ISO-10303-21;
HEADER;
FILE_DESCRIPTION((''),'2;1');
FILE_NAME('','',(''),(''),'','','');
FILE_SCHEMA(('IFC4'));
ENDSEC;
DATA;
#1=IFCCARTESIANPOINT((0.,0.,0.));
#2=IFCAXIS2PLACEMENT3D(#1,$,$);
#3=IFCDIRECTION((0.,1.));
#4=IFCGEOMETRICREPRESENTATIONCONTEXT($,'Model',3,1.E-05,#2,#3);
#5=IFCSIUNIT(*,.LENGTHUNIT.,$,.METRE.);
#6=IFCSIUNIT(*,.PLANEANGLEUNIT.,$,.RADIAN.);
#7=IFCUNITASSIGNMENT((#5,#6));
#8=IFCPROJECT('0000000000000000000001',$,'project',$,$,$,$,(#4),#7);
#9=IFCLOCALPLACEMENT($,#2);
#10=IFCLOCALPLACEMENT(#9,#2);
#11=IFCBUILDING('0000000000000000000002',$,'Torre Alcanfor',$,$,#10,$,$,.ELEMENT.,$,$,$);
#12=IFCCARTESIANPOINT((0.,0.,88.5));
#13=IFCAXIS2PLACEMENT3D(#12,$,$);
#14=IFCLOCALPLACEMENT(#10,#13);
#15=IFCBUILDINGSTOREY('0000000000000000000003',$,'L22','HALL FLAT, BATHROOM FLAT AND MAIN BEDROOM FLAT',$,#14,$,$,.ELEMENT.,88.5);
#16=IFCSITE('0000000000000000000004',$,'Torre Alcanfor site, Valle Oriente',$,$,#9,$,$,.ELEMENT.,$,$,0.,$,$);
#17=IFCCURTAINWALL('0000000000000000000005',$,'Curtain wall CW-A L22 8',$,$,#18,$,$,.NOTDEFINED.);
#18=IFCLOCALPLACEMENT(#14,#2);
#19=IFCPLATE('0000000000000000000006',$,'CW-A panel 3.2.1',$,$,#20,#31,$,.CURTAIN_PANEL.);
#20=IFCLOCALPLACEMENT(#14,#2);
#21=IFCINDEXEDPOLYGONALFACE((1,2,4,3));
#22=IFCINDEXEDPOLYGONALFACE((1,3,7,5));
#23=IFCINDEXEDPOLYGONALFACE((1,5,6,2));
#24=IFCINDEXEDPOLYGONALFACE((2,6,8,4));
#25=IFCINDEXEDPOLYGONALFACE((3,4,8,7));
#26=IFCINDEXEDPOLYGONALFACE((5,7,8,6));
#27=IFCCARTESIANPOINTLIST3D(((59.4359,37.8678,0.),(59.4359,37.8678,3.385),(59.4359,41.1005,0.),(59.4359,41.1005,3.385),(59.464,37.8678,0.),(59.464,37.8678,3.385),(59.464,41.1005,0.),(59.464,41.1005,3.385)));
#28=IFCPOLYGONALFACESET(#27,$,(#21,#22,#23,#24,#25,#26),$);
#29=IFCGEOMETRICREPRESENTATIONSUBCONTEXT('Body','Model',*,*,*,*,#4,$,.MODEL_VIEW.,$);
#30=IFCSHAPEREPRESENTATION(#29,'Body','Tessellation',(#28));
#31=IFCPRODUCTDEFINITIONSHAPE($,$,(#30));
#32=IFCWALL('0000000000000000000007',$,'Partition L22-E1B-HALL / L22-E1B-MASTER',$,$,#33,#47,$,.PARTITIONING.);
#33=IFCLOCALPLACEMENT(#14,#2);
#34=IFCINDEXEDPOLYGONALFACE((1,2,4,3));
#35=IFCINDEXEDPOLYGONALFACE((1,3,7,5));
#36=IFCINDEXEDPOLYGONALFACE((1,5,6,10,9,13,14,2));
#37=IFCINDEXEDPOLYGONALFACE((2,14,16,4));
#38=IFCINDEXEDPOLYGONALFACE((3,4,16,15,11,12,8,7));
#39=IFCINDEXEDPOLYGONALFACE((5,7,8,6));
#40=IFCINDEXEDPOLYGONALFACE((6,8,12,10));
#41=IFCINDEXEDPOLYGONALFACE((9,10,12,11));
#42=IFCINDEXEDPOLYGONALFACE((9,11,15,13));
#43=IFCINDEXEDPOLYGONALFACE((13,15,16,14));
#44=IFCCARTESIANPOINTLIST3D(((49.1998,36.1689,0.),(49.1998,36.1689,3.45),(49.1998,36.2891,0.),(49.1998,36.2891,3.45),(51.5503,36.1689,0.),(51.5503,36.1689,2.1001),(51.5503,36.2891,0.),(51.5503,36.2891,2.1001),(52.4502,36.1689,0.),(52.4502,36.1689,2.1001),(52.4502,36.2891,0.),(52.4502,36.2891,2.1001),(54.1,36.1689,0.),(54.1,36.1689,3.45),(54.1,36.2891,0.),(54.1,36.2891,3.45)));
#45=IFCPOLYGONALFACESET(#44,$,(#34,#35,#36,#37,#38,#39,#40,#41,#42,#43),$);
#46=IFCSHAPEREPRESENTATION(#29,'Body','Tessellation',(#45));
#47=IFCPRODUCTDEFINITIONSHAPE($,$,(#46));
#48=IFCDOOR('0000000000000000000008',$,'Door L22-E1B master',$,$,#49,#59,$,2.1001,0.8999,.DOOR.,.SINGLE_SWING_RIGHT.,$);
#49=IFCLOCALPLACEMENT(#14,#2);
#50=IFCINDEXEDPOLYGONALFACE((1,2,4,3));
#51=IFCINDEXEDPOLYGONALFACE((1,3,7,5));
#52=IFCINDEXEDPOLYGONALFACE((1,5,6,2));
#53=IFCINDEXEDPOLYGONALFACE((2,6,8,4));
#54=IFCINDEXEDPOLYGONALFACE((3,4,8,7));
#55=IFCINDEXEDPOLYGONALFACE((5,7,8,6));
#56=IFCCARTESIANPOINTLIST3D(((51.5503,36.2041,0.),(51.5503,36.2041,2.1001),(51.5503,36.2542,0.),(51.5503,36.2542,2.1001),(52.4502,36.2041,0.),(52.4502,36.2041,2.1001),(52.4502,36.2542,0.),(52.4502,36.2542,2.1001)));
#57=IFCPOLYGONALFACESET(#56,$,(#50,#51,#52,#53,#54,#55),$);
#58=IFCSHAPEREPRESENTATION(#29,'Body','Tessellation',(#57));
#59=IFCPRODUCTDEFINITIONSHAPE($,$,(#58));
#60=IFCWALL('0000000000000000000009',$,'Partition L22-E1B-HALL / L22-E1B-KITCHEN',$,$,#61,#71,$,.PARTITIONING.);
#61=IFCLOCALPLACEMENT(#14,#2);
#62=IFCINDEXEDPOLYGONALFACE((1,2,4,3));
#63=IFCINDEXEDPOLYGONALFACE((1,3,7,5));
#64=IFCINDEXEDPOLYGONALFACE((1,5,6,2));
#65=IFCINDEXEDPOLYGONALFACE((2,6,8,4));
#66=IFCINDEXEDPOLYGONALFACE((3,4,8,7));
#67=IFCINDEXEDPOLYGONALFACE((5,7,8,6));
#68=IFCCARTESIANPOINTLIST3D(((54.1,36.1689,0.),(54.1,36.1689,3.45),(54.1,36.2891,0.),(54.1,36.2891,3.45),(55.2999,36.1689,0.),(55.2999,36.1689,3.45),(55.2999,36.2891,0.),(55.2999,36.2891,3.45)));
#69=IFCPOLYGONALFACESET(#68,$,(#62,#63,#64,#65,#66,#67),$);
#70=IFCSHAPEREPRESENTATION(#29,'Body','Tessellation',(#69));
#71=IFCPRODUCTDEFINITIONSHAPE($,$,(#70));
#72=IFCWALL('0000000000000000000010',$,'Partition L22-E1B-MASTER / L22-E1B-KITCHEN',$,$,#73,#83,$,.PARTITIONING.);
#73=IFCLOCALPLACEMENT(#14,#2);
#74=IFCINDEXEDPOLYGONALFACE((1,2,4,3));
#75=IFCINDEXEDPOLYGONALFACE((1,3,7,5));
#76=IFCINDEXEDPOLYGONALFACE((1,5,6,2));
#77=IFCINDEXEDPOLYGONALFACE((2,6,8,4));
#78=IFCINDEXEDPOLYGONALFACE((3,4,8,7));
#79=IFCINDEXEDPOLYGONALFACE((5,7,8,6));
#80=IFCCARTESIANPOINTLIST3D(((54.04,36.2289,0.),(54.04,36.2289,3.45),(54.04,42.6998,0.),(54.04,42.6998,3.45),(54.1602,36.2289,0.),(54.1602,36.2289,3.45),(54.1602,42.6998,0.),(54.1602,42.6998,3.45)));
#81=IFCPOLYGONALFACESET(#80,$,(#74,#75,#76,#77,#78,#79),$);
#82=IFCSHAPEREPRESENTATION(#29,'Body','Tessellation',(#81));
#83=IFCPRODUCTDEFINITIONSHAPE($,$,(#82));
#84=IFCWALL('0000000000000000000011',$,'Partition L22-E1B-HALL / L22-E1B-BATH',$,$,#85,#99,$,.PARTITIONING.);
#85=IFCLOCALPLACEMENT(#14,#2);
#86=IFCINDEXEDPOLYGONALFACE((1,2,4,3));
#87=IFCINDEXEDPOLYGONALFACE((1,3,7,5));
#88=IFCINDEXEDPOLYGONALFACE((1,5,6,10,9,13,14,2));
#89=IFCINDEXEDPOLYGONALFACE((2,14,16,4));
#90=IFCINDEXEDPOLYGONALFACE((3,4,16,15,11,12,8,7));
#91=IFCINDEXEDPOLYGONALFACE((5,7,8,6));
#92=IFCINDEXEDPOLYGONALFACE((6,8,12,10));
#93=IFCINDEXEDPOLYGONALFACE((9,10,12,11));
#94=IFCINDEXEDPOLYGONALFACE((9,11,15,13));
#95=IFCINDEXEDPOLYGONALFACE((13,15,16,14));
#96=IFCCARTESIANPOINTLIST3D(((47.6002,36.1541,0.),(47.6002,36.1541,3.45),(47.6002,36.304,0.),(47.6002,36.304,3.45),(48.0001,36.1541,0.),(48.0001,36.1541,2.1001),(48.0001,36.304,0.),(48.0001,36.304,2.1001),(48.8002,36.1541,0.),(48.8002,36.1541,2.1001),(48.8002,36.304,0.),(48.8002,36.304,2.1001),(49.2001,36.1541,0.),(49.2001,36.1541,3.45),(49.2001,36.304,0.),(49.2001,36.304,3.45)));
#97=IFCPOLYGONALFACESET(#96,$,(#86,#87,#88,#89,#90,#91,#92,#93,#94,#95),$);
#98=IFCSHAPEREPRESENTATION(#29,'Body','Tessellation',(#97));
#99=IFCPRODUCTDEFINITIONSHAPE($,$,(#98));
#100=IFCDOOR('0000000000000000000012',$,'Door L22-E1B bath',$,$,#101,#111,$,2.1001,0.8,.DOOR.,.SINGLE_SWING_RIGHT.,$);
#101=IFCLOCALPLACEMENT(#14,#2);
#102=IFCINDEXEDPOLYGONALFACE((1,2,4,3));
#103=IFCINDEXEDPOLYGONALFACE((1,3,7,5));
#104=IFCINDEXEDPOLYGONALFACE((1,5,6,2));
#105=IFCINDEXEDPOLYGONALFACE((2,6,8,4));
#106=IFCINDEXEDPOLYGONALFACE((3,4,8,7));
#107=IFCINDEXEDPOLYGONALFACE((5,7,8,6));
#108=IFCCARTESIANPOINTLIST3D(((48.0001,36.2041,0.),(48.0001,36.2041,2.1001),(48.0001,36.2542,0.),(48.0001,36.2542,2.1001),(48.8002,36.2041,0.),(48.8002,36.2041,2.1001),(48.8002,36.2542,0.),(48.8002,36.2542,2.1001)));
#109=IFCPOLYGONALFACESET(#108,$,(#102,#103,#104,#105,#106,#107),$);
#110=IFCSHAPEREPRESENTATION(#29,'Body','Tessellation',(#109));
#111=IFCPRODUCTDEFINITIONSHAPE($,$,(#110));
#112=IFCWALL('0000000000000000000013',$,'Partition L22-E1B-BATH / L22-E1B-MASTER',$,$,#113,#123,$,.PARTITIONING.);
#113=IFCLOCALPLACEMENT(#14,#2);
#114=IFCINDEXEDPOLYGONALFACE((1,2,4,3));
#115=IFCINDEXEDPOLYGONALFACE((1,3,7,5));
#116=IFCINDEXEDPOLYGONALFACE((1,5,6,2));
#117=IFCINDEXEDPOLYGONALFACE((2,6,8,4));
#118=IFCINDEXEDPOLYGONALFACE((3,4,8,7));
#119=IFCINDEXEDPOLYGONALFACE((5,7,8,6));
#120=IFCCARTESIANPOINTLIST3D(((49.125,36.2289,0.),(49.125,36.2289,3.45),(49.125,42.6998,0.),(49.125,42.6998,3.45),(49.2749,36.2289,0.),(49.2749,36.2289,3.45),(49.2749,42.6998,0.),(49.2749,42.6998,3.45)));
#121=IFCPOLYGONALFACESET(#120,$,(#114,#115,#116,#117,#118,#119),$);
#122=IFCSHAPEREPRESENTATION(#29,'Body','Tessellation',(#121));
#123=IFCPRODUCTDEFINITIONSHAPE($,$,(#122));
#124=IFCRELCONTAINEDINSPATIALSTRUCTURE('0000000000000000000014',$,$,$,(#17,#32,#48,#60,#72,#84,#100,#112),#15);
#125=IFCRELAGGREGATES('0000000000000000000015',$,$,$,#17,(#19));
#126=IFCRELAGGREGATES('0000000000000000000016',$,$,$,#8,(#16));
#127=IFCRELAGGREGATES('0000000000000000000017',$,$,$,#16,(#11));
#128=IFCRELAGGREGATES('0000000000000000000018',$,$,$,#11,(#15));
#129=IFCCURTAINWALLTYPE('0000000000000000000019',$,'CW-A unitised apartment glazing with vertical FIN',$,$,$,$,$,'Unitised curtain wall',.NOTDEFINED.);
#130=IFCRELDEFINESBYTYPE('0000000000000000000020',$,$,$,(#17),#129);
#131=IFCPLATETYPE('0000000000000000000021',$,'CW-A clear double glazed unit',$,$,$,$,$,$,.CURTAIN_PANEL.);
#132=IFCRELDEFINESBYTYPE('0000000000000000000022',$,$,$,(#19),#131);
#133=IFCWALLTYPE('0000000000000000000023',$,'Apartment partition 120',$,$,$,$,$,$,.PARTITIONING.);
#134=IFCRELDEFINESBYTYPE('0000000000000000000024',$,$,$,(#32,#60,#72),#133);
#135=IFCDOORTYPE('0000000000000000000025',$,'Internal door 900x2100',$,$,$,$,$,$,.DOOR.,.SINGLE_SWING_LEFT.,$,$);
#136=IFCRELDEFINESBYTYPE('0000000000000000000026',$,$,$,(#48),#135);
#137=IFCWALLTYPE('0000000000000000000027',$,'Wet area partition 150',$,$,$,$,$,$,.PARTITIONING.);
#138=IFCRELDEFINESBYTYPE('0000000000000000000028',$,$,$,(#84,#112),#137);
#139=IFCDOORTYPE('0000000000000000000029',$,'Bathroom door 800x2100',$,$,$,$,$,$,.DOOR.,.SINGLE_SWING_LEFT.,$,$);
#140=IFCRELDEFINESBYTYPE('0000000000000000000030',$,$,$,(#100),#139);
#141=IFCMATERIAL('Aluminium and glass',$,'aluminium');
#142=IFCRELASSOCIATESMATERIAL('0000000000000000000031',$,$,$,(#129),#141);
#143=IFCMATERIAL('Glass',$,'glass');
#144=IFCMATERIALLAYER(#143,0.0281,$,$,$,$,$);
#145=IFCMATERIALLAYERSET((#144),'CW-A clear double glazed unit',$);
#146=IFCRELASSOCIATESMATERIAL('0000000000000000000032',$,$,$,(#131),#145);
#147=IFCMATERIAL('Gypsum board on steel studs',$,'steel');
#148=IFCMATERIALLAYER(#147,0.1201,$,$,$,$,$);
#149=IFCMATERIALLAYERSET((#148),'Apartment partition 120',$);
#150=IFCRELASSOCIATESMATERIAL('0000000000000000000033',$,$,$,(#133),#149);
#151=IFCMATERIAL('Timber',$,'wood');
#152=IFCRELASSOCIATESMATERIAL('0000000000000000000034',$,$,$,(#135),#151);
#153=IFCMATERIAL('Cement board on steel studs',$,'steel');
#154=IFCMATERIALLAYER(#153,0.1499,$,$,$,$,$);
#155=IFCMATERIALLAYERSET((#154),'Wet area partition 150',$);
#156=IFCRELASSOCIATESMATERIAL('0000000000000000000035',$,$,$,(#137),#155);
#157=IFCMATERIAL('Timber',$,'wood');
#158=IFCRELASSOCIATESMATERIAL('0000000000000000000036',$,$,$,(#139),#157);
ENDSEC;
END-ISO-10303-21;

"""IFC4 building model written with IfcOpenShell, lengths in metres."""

from ifc_helpers import new_model, si_unit, direction, frame, frame_2d, origin, origin_2d, place, context, subcontext, project, spatial, rectangle, extrude, material, layer, layer_set, type_object, element, fill, aggregate, save


model = new_model("IFC4")

# Units and contexts
model_context = context("Model", 3, precision=1e-05, world=origin(), true_north=direction((0.0, 1.0)))
body_context = subcontext(model_context, "Body", "Model", "MODEL_VIEW")
ifc_project = project(units=[si_unit("LENGTHUNIT", "METRE"), si_unit("PLANEANGLEUNIT", "RADIAN")], contexts=[model_context])

# Site, building, storey
site_placement = place(None, origin())
site = spatial("IfcSite", under=ifc_project, at=site_placement, Name="Torre Alcanfor site, Valle Oriente", CompositionType="ELEMENT", RefElevation=0.0)
building_placement = place(site_placement, origin())
building = spatial("IfcBuilding", under=site, at=building_placement, Name="Torre Alcanfor", CompositionType="ELEMENT")
storey_placement = place(building_placement, frame((0.0, 0.0, 88.5)))
storey = spatial("IfcBuildingStorey", under=building, at=storey_placement, Name="L22", Description="HALL FLAT, BATHROOM FLAT AND MAIN BEDROOM FLAT", CompositionType="ELEMENT", Elevation=88.5)

# Curtain wall
ifc_material_1 = material(Name="Aluminium and glass", Category="aluminium")
curtain_wall_type = type_object("IfcCurtainWallType", Name="CW-A unitised apartment glazing with vertical FIN", ElementType="Unitised curtain wall", PredefinedType="NOTDEFINED", material=ifc_material_1)
curtain_wall_placement = place(storey_placement, origin())
curtain_wall = element("IfcCurtainWall", 1, at=curtain_wall_placement, inside=storey, type_object=curtain_wall_type, Name="Curtain wall CW-A L22 8", PredefinedType="NOTDEFINED")

# Plate
ifc_material_2 = material(Name="Glass", Category="glass")
ifc_layer_1 = layer(ifc_material_2, 0.0281)
ifc_layer_set_1 = layer_set([ifc_layer_1], Name="CW-A clear double glazed unit")
plate_type = type_object("IfcPlateType", Name="CW-A clear double glazed unit", PredefinedType="CURTAIN_PANEL", material=ifc_layer_set_1)
plate_placement = place(storey_placement, frame((59.45, 39.4841, 0.0), z_axis=(0.0, 0.0, 1.0), x_axis=(0.0, 1.0, 0.0)))
plate = element("IfcPlate", 2, at=plate_placement, type_object=plate_type, Name="CW-A panel 3.2.1", PredefinedType="CURTAIN_PANEL", context=body_context, shape_type="SweptSolid", body=[
    extrude(rectangle(XDim=3.2327, YDim=0.0281, at=origin_2d()), origin(), (0.0, 0.0, 1.0), 3.385),
])
aggregate(curtain_wall, [plate])

# Wall, opening, door
ifc_material_3 = material(Name="Gypsum board on steel studs", Category="steel")
ifc_layer_2 = layer(ifc_material_3, 0.1201)
ifc_layer_set_2 = layer_set([ifc_layer_2], Name="Apartment partition 120")
wall_type_1 = type_object("IfcWallType", Name="Apartment partition 120", PredefinedType="PARTITIONING", material=ifc_layer_set_2)
wall_1_placement = place(storey_placement, frame((54.1001, 36.229, 0.0), z_axis=(0.0, 0.0, 1.0), x_axis=(-1.0, 0.0, 0.0)))
wall_1 = element("IfcWall", 3, at=wall_1_placement, inside=storey, type_object=wall_type_1, Name="Partition L22-E1B-HALL / L22-E1B-MASTER", PredefinedType="PARTITIONING", context=body_context, shape_type="SweptSolid", body=[
    extrude(rectangle(XDim=4.9001, YDim=0.1201, at=frame_2d((2.4502, 0.0))), origin(), (0.0, 0.0, 1.0), 3.45),
])
opening_1_placement = place(wall_1_placement, frame((1.6499, 0.0, 0.0)))
opening_1 = element("IfcOpeningElement", 4, at=opening_1_placement, cuts=wall_1, PredefinedType="OPENING", context=body_context, shape_type="SweptSolid", body=[
    extrude(rectangle(XDim=0.8999, YDim=2.1001, at=frame_2d((0.45, 1.05))), frame((0.0, 0.0701, 0.0), z_axis=(0.0, -1.0, 0.0), x_axis=(1.0, 0.0, 0.0)), (0.0, 0.0, 1.0), 0.1401),
])
ifc_material_4 = material(Name="Timber", Category="wood")
door_type_1 = type_object("IfcDoorType", Name="Internal door 900x2100", OperationType="SINGLE_SWING_LEFT", PredefinedType="DOOR", material=ifc_material_4)
door_1_placement = place(opening_1_placement, frame((0.8999, 0.0, 0.0), z_axis=(0.0, 0.0, 1.0), x_axis=(-1.0, 0.0, 0.0)))
door_1 = element("IfcDoor", 5, at=door_1_placement, inside=storey, type_object=door_type_1, Name="Door L22-E1B master", OperationType="SINGLE_SWING_RIGHT", OverallHeight=2.1001, OverallWidth=0.8999, PredefinedType="DOOR", context=body_context, shape_type="SweptSolid", body=[
    extrude(rectangle(XDim=0.8999, YDim=2.1001, at=frame_2d((0.45, 1.05))), frame((0.0, 0.0251, 0.0), z_axis=(0.0, -1.0, 0.0), x_axis=(1.0, 0.0, 0.0)), (0.0, 0.0, 1.0), 0.05),
])
fill(opening_1, door_1)

# Walls
wall_2_placement = place(storey_placement, frame((55.3, 36.229, 0.0), z_axis=(0.0, 0.0, 1.0), x_axis=(-1.0, 0.0, 0.0)))
element("IfcWall", 6, at=wall_2_placement, inside=storey, type_object=wall_type_1, Name="Partition L22-E1B-HALL / L22-E1B-KITCHEN", PredefinedType="PARTITIONING", context=body_context, shape_type="SweptSolid", body=[
    extrude(rectangle(XDim=1.2, YDim=0.1201, at=frame_2d((0.6001, 0.0))), origin(), (0.0, 0.0, 1.0), 3.45),
])
wall_3_placement = place(storey_placement, frame((54.1001, 36.229, 0.0), z_axis=(0.0, 0.0, 1.0), x_axis=(0.0, 1.0, 0.0)))
element("IfcWall", 7, at=wall_3_placement, inside=storey, type_object=wall_type_1, Name="Partition L22-E1B-MASTER / L22-E1B-KITCHEN", PredefinedType="PARTITIONING", context=body_context, shape_type="SweptSolid", body=[
    extrude(rectangle(XDim=6.4709, YDim=0.1201, at=frame_2d((3.2354, 0.0))), origin(), (0.0, 0.0, 1.0), 3.45),
])

# Wall, opening, door
ifc_material_5 = material(Name="Cement board on steel studs", Category="steel")
ifc_layer_3 = layer(ifc_material_5, 0.1499)
ifc_layer_set_3 = layer_set([ifc_layer_3], Name="Wet area partition 150")
wall_type_2 = type_object("IfcWallType", Name="Wet area partition 150", PredefinedType="PARTITIONING", material=ifc_layer_set_3)
wall_4_placement = place(storey_placement, frame((49.2, 36.229, 0.0), z_axis=(0.0, 0.0, 1.0), x_axis=(-1.0, 0.0, 0.0)))
wall_4 = element("IfcWall", 8, at=wall_4_placement, inside=storey, type_object=wall_type_2, Name="Partition L22-E1B-HALL / L22-E1B-BATH", PredefinedType="PARTITIONING", context=body_context, shape_type="SweptSolid", body=[
    extrude(rectangle(XDim=1.5999, YDim=0.1499, at=frame_2d((0.7998, 0.0))), origin(), (0.0, 0.0, 1.0), 3.45),
])
opening_2_placement = place(wall_4_placement, frame((0.3999, 0.0, 0.0)))
opening_2 = element("IfcOpeningElement", 9, at=opening_2_placement, cuts=wall_4, PredefinedType="OPENING", context=body_context, shape_type="SweptSolid", body=[
    extrude(rectangle(XDim=0.8, YDim=2.1001, at=frame_2d((0.3999, 1.05))), frame((0.0, 0.085, 0.0), z_axis=(0.0, -1.0, 0.0), x_axis=(1.0, 0.0, 0.0)), (0.0, 0.0, 1.0), 0.1699),
])
ifc_material_6 = material(Name="Timber", Category="wood")
door_type_2 = type_object("IfcDoorType", Name="Bathroom door 800x2100", OperationType="SINGLE_SWING_LEFT", PredefinedType="DOOR", material=ifc_material_6)
door_2_placement = place(opening_2_placement, frame((0.8, 0.0, 0.0), z_axis=(0.0, 0.0, 1.0), x_axis=(-1.0, 0.0, 0.0)))
door_2 = element("IfcDoor", 10, at=door_2_placement, inside=storey, type_object=door_type_2, Name="Door L22-E1B bath", OperationType="SINGLE_SWING_RIGHT", OverallHeight=2.1001, OverallWidth=0.8, PredefinedType="DOOR", context=body_context, shape_type="SweptSolid", body=[
    extrude(rectangle(XDim=0.8, YDim=2.1001, at=frame_2d((0.4001, 1.05))), frame((0.0, 0.0251, 0.0), z_axis=(0.0, -1.0, 0.0), x_axis=(1.0, 0.0, 0.0)), (0.0, 0.0, 1.0), 0.05),
])
fill(opening_2, door_2)

# Wall
wall_5_placement = place(storey_placement, frame((49.2, 36.229, 0.0), z_axis=(0.0, 0.0, 1.0), x_axis=(0.0, 1.0, 0.0)))
element("IfcWall", 11, at=wall_5_placement, inside=storey, type_object=wall_type_2, Name="Partition L22-E1B-BATH / L22-E1B-MASTER", PredefinedType="PARTITIONING", context=body_context, shape_type="SweptSolid", body=[
    extrude(rectangle(XDim=6.4709, YDim=0.1499, at=frame_2d((3.2354, 0.0))), origin(), (0.0, 0.0, 1.0), 3.45),
])

save(model, "model.ifc")
